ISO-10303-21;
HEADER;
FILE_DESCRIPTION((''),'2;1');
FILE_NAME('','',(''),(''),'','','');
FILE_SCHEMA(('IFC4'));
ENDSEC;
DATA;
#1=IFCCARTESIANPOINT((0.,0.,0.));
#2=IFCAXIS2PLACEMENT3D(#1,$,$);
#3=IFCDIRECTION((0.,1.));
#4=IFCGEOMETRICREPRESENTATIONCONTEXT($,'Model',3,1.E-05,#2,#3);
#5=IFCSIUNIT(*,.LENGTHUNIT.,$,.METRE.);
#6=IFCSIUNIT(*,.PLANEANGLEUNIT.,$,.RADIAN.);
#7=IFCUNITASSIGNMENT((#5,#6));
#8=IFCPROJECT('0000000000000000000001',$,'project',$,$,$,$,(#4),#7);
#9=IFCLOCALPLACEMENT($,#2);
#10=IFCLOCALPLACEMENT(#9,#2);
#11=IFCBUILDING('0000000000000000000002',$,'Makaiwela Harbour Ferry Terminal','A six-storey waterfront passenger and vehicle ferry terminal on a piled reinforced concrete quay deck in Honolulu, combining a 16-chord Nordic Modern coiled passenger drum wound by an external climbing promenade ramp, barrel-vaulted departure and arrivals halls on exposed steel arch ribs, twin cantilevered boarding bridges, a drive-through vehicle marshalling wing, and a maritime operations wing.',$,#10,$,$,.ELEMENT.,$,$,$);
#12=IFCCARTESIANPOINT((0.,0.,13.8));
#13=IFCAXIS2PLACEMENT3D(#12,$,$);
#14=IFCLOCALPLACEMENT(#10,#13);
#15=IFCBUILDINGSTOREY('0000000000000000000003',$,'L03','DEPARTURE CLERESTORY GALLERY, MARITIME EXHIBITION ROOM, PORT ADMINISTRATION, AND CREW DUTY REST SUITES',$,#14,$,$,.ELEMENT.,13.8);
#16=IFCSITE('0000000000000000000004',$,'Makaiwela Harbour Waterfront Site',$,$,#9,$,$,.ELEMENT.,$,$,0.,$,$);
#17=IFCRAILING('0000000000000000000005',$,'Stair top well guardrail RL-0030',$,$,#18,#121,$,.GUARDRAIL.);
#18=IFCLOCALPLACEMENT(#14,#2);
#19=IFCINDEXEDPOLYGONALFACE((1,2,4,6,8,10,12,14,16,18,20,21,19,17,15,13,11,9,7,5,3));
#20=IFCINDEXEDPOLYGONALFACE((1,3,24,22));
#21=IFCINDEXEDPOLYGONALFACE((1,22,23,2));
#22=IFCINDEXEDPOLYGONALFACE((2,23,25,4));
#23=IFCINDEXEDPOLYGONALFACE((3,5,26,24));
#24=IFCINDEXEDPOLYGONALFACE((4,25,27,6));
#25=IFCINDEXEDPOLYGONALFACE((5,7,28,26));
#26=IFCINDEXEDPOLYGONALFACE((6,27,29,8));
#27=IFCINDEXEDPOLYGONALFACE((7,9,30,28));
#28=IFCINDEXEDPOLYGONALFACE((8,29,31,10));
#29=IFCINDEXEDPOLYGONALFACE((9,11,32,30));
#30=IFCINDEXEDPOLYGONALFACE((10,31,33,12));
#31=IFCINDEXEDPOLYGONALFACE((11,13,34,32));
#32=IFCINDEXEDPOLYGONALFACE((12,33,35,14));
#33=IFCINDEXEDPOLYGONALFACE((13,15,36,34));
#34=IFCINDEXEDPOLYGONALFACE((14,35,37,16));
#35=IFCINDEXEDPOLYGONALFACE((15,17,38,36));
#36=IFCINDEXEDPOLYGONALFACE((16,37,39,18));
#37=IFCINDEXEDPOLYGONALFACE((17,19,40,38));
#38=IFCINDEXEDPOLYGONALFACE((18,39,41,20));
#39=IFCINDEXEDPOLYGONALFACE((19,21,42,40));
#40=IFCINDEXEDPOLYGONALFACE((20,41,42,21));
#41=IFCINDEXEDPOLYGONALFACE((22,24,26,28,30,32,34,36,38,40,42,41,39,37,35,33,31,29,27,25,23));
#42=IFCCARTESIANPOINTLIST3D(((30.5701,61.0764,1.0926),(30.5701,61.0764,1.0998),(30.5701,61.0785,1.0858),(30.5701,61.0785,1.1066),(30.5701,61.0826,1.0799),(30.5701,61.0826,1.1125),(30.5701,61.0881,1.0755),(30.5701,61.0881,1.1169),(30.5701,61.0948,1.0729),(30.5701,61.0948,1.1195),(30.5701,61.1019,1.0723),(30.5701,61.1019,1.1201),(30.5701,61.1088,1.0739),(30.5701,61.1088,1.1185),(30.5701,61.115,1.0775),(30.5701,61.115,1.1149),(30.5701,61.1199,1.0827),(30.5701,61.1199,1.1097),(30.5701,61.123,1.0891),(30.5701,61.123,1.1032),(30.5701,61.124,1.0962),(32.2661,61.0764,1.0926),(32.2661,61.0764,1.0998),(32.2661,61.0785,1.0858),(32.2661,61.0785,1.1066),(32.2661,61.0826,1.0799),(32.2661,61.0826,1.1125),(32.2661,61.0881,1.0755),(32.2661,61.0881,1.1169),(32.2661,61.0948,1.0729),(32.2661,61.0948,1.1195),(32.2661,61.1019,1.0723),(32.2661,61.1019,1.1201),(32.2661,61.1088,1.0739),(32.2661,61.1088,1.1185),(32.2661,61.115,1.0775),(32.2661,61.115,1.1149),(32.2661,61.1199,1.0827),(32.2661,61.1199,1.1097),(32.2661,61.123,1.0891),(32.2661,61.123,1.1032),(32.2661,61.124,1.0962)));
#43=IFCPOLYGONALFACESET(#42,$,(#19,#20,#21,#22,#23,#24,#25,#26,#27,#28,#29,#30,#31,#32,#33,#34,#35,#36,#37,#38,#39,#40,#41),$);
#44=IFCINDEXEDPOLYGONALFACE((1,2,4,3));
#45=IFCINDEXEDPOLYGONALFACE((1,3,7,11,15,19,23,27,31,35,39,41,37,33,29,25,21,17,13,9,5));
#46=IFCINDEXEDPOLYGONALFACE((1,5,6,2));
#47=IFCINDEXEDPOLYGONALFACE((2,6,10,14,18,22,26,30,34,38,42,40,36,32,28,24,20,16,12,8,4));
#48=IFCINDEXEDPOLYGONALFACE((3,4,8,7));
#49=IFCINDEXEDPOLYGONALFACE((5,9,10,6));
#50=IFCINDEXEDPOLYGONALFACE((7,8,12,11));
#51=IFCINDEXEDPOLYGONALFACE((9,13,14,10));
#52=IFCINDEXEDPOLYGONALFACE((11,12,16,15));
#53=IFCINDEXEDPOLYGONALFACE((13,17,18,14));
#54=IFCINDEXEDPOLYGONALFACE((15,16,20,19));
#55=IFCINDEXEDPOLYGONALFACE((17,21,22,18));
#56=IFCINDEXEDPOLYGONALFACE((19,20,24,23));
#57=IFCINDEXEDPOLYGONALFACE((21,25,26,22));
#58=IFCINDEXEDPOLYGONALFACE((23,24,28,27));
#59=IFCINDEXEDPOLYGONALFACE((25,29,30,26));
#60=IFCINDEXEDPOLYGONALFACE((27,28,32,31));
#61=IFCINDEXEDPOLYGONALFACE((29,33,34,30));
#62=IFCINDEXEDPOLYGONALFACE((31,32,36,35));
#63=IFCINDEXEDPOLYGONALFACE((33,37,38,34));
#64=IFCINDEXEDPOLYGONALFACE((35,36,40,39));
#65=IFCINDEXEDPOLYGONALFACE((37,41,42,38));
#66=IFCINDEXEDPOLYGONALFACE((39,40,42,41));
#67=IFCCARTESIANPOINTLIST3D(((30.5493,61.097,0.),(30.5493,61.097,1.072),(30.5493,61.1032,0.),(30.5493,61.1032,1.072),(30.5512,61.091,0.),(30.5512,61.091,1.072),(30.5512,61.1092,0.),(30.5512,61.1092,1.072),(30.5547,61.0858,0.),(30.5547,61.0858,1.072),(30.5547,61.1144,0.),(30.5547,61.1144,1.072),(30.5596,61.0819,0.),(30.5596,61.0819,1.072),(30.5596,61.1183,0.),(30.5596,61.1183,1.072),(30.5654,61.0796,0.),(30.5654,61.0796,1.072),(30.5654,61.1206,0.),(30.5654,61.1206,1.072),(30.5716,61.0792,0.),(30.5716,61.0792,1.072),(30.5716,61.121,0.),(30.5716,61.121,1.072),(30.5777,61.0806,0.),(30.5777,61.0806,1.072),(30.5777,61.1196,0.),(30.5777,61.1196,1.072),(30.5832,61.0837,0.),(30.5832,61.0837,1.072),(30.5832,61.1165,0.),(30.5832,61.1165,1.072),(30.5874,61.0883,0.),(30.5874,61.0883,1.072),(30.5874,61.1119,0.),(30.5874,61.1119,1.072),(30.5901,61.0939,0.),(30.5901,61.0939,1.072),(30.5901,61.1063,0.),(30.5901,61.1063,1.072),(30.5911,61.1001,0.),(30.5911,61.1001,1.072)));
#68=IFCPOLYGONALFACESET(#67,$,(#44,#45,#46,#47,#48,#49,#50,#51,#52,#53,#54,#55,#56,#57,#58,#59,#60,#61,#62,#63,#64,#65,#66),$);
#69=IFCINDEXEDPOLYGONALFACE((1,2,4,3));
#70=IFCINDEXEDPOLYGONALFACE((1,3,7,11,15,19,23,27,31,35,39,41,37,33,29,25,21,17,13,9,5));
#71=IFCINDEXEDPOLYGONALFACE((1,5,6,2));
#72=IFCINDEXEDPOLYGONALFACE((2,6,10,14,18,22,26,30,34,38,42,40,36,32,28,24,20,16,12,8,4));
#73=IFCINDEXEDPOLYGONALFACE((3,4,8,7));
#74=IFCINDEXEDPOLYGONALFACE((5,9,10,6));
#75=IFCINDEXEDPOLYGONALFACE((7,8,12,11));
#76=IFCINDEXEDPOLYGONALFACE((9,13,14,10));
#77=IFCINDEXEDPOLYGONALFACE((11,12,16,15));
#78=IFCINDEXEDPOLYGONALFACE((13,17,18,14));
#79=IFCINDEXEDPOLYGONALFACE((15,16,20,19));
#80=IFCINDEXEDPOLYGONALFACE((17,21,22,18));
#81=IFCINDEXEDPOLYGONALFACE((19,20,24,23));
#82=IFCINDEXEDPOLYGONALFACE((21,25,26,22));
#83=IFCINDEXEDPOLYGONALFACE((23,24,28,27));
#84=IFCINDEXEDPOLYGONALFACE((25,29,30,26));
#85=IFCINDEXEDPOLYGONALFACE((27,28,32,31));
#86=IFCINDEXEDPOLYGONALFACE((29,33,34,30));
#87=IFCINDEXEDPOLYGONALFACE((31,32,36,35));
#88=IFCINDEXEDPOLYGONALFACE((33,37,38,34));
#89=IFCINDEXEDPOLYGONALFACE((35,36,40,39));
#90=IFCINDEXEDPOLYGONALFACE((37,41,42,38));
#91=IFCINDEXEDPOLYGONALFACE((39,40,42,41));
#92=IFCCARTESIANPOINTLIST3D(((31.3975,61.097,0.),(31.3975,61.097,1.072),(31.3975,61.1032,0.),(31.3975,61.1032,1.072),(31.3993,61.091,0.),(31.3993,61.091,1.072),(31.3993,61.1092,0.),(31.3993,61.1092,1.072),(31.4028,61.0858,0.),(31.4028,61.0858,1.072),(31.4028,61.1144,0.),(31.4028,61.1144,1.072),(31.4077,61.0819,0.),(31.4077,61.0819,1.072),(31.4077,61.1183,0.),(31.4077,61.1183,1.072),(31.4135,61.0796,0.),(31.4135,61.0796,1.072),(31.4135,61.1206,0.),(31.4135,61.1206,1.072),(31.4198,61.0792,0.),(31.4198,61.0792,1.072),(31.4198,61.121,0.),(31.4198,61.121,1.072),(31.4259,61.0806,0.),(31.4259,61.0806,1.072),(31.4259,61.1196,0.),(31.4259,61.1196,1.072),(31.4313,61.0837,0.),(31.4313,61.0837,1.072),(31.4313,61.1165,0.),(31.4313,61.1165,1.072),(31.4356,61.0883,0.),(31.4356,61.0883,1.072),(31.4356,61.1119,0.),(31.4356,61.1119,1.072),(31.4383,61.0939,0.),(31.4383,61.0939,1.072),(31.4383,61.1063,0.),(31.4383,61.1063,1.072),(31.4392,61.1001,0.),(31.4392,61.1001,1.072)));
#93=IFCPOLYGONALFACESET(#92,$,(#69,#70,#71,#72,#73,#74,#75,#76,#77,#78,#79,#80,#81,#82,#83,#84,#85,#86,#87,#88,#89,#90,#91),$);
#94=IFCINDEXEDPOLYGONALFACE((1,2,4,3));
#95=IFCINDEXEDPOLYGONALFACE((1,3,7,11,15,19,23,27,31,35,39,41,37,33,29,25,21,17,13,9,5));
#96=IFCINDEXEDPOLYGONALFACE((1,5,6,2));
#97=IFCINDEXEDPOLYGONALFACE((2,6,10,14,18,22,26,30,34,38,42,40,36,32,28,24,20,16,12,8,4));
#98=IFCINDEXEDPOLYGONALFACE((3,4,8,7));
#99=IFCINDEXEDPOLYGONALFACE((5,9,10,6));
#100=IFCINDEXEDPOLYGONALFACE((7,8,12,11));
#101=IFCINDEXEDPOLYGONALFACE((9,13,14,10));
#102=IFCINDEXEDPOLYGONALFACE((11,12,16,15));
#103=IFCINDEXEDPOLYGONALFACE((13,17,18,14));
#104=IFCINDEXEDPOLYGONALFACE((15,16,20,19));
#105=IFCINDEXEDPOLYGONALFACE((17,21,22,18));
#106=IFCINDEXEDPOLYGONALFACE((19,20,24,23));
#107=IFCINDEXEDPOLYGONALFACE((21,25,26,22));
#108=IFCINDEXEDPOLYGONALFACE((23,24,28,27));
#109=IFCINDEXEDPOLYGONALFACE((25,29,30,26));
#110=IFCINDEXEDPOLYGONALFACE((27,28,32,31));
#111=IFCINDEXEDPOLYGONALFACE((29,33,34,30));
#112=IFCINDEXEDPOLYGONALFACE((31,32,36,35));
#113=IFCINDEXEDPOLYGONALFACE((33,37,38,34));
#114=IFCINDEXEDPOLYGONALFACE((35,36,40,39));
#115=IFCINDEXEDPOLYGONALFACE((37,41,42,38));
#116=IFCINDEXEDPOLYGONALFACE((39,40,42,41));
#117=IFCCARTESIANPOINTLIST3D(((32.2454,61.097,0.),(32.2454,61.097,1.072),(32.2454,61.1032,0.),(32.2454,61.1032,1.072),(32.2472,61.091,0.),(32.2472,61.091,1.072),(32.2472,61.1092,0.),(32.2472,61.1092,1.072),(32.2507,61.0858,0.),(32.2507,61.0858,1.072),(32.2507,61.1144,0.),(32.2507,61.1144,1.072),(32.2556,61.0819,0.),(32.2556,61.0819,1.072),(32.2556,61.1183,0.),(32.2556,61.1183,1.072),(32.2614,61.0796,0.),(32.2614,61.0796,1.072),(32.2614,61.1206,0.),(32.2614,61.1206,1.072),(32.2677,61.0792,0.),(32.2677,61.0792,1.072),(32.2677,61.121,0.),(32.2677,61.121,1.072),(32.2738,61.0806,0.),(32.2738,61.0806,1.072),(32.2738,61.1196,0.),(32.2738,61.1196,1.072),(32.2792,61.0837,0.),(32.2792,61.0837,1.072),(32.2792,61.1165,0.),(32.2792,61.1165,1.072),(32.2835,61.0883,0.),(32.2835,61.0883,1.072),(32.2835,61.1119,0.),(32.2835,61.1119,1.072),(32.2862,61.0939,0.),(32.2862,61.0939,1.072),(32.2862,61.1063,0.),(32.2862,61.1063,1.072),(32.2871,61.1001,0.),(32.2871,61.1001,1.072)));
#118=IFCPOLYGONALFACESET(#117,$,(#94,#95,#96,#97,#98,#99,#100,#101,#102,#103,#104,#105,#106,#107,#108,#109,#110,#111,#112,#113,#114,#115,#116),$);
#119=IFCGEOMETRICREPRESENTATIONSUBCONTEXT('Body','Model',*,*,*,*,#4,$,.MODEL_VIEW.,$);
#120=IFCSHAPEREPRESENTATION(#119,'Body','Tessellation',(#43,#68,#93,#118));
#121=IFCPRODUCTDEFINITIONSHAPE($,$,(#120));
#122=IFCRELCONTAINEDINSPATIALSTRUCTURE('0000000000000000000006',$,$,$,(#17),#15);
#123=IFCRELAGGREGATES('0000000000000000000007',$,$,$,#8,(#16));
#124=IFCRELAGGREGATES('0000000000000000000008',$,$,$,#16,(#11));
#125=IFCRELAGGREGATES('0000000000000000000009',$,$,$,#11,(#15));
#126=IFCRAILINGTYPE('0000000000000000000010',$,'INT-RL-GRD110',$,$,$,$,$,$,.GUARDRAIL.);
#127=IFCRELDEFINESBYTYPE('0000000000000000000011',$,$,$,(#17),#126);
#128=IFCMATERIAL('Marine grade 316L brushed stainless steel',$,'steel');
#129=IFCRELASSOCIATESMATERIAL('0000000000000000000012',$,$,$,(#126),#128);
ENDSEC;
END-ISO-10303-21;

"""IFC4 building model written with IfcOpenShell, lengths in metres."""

from ifc_helpers import new_model, si_unit, direction, frame, origin, origin_2d, place, context, subcontext, project, spatial, circle, extrude, material, type_object, element, save


model = new_model("IFC4")

# Units and contexts
model_context = context("Model", 3, precision=1e-05, world=origin(), true_north=direction((0.0, 1.0)))
body_context = subcontext(model_context, "Body", "Model", "MODEL_VIEW")
ifc_project = project(units=[si_unit("LENGTHUNIT", "METRE"), si_unit("PLANEANGLEUNIT", "RADIAN")], contexts=[model_context])

# Site, building, storey
site_placement = place(None, origin())
site = spatial("IfcSite", under=ifc_project, at=site_placement, Name="Makaiwela Harbour Waterfront Site", CompositionType="ELEMENT", RefElevation=0.0)
building_placement = place(site_placement, origin())
building = spatial("IfcBuilding", under=site, at=building_placement, Name="Makaiwela Harbour Ferry Terminal", Description="A six-storey waterfront passenger and vehicle ferry terminal on a piled reinforced concrete quay deck in Honolulu, combining a 16-chord Nordic Modern coiled passenger drum wound by an external climbing promenade ramp, barrel-vaulted departure and arrivals halls on exposed steel arch ribs, twin cantilevered boarding bridges, a drive-through vehicle marshalling wing, and a maritime operations wing.", CompositionType="ELEMENT")
storey_placement = place(building_placement, frame((0.0, 0.0, 13.8)))
storey = spatial("IfcBuildingStorey", under=building, at=storey_placement, Name="L03", Description="DEPARTURE CLERESTORY GALLERY, MARITIME EXHIBITION ROOM, PORT ADMINISTRATION, AND CREW DUTY REST SUITES", CompositionType="ELEMENT", Elevation=13.8)

# Railing
ifc_material_1 = material(Name="Marine grade 316L brushed stainless steel", Category="steel")
railing_type_1 = type_object("IfcRailingType", Name="INT-RL-GRD110", PredefinedType="GUARDRAIL", material=ifc_material_1)
railing_1_placement = place(storey_placement, frame((30.5701, 61.1001, 0.0)))
element("IfcRailing", 1, at=railing_1_placement, inside=storey, type_object=railing_type_1, Name="Stair top well guardrail RL-0030", PredefinedType="GUARDRAIL", context=body_context, shape_type="SweptSolid", body=[
    extrude(circle(Radius=0.0239, at=origin_2d()), frame((0.0, 0.0, 1.0962), z_axis=(1.0, 0.0, 0.0), x_axis=(0.0, 1.0, 0.0)), (0.0, 0.0, 1.0), 1.696),
    extrude(circle(Radius=0.021, at=origin_2d()), origin(), (0.0, 0.0, 1.0), 1.072),
    extrude(circle(Radius=0.021, at=origin_2d()), frame((0.8481, 0.0, 0.0)), (0.0, 0.0, 1.0), 1.072),
    extrude(circle(Radius=0.021, at=origin_2d()), frame((1.696, 0.0, 0.0)), (0.0, 0.0, 1.0), 1.072),
])

save(model, "model.ifc")
